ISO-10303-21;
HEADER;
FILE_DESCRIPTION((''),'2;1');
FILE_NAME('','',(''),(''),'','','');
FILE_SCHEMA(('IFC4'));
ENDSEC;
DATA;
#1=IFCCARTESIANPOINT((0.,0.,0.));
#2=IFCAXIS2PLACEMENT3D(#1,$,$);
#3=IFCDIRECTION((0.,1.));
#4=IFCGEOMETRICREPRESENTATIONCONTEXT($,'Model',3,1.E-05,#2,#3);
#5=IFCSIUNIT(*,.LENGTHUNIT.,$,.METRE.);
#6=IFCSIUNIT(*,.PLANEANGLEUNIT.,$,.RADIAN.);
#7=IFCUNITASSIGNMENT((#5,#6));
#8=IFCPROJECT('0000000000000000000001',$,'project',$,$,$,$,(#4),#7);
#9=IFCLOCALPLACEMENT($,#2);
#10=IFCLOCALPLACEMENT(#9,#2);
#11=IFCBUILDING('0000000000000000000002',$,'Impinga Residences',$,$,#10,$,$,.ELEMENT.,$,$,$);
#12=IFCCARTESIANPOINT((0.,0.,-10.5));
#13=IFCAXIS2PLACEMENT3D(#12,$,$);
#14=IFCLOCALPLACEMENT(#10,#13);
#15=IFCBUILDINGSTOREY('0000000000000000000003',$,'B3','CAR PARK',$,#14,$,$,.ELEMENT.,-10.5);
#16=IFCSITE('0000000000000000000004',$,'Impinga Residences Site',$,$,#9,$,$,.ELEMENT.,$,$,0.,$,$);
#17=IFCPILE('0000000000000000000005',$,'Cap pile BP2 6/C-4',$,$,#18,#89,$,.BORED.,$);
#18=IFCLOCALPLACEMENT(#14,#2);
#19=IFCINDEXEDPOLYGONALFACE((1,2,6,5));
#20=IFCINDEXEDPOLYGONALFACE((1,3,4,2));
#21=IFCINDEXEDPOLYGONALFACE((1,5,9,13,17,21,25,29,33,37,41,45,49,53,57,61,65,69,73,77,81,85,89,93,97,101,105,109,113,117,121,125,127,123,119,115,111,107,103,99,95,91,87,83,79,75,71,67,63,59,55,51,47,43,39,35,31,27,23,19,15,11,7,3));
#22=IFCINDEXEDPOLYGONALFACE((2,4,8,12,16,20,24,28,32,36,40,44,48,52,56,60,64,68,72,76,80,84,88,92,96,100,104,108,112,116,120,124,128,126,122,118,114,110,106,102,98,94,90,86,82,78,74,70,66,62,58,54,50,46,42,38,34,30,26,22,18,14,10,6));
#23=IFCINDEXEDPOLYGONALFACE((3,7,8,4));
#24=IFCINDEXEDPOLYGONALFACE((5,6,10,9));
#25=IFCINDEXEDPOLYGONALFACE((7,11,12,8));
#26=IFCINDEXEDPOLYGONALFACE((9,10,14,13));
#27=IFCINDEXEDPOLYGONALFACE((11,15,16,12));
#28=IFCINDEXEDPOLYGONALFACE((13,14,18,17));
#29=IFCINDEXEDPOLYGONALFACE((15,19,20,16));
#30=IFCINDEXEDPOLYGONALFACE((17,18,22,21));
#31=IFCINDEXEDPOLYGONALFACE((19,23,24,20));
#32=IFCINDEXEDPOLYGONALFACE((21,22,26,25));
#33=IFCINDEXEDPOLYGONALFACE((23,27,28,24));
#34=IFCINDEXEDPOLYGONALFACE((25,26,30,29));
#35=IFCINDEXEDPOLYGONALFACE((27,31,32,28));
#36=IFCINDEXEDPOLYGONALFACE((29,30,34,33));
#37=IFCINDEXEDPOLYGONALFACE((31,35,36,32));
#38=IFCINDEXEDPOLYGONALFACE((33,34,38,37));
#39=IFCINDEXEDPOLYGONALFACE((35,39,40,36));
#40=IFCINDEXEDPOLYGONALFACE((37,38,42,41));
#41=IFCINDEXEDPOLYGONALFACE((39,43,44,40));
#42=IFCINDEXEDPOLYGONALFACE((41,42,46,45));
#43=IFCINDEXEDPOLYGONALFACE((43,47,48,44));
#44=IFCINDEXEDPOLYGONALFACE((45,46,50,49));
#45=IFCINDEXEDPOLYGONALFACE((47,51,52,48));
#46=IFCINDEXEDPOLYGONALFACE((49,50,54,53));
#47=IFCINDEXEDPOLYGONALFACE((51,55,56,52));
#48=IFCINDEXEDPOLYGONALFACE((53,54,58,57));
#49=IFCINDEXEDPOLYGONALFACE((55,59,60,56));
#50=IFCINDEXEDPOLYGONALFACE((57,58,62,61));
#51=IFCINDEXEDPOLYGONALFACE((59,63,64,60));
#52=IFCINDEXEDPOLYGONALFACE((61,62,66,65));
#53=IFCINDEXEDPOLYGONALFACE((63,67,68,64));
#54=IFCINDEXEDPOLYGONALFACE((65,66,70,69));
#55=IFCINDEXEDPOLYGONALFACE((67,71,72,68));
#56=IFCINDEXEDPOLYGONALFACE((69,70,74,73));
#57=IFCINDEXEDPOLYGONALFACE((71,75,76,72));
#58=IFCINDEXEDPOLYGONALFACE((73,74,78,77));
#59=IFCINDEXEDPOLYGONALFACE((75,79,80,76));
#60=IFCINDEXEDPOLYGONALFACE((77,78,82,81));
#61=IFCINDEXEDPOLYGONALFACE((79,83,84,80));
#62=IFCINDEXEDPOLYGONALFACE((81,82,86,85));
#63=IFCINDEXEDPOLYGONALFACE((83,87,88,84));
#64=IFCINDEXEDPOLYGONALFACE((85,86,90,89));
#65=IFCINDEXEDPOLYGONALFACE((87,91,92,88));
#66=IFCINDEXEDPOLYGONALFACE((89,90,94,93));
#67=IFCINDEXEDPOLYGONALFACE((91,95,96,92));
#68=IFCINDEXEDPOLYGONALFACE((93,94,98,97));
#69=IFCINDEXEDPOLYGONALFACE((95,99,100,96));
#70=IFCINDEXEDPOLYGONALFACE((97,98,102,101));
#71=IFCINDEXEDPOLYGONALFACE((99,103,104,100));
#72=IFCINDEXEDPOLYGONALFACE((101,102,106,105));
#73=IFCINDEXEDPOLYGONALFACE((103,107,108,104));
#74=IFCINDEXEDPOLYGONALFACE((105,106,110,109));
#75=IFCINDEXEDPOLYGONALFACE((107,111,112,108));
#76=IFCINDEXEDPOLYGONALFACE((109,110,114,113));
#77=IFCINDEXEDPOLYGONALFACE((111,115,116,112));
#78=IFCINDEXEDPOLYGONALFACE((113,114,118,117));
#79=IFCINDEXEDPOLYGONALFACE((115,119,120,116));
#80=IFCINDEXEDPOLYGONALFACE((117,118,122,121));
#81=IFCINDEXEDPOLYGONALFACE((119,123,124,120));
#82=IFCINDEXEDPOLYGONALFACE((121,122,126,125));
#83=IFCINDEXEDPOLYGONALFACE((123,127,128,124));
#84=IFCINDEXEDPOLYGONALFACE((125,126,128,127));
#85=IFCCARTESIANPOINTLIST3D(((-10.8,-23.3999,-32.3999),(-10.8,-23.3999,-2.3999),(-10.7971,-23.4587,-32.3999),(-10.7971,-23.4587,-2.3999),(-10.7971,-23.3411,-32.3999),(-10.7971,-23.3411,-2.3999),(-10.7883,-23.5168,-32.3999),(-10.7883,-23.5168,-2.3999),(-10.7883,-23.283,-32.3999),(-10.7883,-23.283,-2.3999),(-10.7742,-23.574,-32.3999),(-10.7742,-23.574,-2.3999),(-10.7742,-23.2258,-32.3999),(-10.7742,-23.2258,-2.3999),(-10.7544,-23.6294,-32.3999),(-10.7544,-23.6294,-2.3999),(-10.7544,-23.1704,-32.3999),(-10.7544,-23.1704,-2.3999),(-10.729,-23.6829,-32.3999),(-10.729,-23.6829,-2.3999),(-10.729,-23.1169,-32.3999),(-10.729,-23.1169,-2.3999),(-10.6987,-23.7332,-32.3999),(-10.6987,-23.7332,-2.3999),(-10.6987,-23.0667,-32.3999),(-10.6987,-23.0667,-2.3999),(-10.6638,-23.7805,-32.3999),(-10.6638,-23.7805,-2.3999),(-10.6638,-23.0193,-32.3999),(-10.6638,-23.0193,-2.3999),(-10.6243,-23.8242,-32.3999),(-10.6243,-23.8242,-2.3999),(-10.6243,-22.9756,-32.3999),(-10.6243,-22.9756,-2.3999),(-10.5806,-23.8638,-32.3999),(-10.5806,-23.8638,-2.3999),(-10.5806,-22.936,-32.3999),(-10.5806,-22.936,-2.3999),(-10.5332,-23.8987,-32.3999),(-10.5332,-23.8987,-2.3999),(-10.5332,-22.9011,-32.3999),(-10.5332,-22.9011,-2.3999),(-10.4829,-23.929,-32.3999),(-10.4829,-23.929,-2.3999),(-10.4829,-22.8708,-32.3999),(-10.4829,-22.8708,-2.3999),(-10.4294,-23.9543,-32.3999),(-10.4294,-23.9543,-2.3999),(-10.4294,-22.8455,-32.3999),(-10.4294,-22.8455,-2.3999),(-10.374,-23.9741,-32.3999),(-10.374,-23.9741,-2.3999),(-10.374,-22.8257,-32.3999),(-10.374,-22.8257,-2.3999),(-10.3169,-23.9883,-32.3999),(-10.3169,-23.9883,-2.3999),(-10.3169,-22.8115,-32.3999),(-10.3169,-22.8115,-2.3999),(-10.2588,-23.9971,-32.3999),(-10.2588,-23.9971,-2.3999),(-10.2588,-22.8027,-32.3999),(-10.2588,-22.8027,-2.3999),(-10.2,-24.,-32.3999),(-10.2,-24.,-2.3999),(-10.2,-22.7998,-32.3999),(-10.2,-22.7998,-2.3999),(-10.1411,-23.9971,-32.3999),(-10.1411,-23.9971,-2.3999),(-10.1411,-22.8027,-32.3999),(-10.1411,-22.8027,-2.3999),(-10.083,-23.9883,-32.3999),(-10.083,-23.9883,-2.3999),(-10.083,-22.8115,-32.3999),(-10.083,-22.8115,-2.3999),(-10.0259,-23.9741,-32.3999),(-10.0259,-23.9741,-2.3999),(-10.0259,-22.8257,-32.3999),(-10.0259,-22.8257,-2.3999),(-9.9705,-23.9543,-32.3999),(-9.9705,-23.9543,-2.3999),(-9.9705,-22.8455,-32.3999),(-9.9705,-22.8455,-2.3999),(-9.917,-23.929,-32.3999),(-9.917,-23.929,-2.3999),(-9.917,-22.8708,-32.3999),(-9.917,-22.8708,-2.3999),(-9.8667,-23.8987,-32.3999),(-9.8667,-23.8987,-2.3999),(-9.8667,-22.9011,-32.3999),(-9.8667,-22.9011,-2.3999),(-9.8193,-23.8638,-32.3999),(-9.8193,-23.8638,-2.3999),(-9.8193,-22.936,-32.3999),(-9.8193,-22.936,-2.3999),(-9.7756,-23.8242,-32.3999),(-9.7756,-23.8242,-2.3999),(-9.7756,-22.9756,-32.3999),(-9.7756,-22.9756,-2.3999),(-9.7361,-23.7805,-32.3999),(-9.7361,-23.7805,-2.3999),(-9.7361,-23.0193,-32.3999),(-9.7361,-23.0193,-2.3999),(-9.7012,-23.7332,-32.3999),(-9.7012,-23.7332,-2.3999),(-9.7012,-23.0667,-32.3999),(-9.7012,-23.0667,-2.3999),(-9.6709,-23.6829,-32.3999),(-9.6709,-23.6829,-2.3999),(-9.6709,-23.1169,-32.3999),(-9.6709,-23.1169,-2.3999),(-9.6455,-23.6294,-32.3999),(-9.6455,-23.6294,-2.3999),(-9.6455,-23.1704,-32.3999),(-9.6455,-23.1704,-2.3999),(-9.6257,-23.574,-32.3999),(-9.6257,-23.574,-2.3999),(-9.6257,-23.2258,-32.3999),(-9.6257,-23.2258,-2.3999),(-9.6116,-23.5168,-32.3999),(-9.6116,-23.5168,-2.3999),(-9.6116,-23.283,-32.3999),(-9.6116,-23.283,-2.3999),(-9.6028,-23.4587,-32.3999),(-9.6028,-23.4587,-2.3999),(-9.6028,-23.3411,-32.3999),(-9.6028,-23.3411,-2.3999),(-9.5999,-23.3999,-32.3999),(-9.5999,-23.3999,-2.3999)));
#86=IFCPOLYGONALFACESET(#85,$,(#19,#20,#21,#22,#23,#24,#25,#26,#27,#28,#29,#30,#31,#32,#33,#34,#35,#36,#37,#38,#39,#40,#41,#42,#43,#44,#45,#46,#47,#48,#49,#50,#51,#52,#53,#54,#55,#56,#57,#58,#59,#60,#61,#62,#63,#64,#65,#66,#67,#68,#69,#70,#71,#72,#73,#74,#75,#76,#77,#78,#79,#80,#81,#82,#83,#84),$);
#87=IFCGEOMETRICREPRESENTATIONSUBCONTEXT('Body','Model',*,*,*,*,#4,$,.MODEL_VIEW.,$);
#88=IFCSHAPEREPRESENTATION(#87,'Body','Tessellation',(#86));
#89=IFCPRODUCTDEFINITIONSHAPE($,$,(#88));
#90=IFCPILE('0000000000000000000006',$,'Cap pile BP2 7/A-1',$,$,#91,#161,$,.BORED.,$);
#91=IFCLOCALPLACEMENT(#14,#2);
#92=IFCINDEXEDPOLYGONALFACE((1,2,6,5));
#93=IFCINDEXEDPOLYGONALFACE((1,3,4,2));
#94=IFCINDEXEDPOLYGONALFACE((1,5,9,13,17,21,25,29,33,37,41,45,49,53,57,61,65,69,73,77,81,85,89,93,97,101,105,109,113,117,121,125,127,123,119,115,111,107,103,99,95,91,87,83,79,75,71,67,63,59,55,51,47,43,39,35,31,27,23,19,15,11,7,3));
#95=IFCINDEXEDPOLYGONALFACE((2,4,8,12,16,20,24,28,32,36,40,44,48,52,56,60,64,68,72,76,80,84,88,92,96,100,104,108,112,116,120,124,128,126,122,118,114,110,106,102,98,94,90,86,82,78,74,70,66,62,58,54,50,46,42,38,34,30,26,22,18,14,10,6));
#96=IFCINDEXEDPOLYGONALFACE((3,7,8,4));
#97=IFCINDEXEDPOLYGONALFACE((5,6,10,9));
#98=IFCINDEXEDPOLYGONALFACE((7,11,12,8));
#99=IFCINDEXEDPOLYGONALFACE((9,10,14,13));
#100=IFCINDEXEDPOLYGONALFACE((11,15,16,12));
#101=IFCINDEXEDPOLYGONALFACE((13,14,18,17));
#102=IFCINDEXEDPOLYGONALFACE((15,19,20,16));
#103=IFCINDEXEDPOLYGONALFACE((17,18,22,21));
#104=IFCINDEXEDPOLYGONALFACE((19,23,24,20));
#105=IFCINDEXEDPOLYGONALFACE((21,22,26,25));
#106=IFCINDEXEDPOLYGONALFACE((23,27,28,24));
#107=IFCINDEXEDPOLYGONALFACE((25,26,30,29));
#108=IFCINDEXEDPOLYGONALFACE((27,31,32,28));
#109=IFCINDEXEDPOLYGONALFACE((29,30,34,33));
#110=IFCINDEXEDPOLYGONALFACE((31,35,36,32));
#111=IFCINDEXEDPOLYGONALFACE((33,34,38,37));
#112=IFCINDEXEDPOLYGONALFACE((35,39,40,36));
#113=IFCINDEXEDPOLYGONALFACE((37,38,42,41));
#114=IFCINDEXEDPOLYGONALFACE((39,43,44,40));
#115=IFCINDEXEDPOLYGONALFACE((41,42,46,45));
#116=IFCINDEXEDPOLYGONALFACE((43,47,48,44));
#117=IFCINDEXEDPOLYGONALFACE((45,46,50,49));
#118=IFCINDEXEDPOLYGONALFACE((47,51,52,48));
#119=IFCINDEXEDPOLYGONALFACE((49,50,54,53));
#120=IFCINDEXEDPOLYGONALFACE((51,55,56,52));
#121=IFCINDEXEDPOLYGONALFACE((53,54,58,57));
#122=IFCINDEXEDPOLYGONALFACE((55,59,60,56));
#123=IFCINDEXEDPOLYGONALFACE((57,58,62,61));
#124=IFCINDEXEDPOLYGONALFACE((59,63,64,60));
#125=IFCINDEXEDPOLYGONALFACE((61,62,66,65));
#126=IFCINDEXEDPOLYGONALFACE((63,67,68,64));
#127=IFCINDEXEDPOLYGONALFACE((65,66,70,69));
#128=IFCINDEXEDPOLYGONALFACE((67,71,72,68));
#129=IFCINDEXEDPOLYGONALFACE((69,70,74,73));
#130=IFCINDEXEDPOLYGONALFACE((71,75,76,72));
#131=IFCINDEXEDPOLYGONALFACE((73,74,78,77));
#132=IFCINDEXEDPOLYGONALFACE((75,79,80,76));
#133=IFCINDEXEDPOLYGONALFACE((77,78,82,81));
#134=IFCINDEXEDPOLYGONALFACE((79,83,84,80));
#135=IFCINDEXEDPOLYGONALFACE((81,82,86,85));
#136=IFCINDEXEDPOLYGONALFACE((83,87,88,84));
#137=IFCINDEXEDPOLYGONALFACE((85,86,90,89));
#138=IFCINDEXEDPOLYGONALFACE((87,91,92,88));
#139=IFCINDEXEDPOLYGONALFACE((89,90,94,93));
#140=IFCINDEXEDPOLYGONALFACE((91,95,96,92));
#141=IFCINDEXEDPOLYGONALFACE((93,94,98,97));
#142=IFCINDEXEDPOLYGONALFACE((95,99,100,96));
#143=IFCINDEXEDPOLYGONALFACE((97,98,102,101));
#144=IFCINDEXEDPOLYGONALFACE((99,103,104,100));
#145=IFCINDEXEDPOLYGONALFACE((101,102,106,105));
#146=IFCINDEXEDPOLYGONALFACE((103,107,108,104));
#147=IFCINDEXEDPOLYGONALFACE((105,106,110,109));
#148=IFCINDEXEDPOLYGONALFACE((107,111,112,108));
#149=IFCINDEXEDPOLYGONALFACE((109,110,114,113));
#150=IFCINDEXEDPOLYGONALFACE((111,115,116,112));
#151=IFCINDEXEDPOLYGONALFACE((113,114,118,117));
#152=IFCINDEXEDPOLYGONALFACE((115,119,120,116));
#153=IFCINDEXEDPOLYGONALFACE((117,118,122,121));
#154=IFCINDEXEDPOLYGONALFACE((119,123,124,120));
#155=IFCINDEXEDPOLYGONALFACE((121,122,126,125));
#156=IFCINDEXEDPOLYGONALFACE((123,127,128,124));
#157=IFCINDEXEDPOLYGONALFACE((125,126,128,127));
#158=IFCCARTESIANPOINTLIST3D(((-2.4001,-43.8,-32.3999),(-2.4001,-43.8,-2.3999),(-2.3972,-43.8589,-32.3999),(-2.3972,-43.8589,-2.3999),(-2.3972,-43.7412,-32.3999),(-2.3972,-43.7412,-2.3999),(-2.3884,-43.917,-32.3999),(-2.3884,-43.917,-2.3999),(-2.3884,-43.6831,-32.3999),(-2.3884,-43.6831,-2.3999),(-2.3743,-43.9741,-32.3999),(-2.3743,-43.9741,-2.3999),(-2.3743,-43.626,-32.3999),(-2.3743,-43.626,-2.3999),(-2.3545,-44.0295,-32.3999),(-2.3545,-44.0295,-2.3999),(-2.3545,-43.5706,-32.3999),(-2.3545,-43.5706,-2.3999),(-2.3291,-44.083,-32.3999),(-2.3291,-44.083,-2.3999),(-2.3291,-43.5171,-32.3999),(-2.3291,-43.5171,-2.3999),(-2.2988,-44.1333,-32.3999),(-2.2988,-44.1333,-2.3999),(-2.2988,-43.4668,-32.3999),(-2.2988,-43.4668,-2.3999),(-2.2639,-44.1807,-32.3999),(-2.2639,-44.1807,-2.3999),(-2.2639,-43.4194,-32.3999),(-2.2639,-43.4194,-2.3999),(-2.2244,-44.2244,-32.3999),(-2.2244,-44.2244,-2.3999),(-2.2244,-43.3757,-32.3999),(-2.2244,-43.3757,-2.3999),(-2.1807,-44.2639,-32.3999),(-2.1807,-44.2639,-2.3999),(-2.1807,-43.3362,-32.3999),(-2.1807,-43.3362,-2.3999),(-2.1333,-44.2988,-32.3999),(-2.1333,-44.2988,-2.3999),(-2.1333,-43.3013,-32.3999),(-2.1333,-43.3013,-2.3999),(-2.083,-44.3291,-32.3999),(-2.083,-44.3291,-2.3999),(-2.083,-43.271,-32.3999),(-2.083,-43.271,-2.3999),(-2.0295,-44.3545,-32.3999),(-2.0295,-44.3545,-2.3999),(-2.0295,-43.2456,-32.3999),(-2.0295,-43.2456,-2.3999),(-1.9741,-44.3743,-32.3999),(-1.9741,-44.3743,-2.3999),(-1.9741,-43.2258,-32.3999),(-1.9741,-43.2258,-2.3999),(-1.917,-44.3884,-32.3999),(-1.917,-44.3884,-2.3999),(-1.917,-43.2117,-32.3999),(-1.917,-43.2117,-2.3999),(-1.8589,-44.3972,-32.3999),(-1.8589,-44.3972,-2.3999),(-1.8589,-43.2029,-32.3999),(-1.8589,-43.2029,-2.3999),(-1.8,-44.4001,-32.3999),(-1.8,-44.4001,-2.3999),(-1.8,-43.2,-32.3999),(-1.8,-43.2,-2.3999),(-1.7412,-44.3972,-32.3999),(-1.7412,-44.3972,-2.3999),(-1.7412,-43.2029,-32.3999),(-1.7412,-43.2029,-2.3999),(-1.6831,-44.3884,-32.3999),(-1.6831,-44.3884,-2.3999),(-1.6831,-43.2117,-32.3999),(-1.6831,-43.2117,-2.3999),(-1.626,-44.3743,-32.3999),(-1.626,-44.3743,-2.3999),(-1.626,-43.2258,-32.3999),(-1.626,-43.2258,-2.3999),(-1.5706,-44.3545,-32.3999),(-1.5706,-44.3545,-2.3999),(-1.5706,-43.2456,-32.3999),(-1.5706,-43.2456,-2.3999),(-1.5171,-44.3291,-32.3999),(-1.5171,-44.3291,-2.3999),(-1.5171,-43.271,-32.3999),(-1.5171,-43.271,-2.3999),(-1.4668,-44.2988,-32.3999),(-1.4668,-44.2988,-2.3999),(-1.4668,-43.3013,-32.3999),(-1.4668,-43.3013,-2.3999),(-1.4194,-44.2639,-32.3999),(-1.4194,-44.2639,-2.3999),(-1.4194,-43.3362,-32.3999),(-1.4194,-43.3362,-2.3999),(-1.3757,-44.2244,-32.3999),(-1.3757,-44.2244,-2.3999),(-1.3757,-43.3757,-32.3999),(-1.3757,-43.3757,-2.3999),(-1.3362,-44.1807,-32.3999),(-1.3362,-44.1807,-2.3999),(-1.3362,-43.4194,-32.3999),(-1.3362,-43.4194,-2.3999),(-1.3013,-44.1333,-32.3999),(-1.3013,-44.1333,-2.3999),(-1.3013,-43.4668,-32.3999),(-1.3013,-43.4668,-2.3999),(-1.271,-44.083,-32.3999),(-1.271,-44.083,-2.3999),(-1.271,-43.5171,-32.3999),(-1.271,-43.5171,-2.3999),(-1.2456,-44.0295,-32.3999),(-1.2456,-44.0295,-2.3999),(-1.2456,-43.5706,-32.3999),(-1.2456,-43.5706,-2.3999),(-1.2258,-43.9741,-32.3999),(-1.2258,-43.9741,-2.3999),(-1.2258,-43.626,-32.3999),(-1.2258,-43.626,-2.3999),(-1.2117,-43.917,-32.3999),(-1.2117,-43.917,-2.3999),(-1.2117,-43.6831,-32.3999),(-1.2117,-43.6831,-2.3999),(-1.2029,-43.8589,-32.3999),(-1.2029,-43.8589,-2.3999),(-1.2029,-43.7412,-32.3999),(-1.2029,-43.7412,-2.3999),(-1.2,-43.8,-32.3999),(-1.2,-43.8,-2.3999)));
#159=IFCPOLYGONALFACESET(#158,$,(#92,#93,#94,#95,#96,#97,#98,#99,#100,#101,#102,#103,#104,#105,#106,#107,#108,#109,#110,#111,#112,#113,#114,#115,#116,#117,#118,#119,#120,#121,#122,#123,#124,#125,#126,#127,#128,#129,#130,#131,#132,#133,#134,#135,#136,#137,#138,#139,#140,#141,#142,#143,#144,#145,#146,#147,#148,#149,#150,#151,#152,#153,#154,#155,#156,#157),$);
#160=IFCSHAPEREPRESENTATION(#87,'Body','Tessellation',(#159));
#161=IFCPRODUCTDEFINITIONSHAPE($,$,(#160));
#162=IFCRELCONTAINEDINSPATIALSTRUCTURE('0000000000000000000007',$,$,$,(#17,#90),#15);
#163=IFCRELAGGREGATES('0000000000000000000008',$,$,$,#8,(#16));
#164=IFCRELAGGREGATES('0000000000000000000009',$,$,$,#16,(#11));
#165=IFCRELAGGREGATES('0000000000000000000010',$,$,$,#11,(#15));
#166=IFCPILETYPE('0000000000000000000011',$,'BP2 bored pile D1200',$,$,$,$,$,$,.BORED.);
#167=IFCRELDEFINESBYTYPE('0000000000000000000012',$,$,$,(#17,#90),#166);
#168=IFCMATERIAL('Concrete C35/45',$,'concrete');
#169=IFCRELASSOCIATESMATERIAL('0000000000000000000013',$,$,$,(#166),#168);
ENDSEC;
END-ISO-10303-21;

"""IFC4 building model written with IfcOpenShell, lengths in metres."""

from ifc_helpers import new_model, si_unit, direction, frame, origin, origin_2d, place, context, subcontext, project, spatial, polyline, circle, outline, extrude, material, material_profile, profile_set, type_object, element, save


model = new_model("IFC4")

# Units and contexts
model_context = context("Model", 3, precision=1e-05, world=origin(), true_north=direction((0.0, 1.0)))
body_context = subcontext(model_context, "Body", "Model", "MODEL_VIEW")
ifc_project = project(units=[si_unit("LENGTHUNIT", "METRE"), si_unit("PLANEANGLEUNIT", "RADIAN")], contexts=[model_context])

# Site, building, storey
site_placement = place(None, origin())
site = spatial("IfcSite", under=ifc_project, at=site_placement, Name="Impinga Residences Site", CompositionType="ELEMENT", RefElevation=0.0)
building_placement = place(site_placement, origin())
building = spatial("IfcBuilding", under=site, at=building_placement, Name="Impinga Residences", CompositionType="ELEMENT")
storey_placement = place(building_placement, frame((0.0, 0.0, -10.5)))
storey = spatial("IfcBuildingStorey", under=building, at=storey_placement, Name="B3", Description="CAR PARK", CompositionType="ELEMENT", Elevation=-10.5)

# Piles
ifc_material_1 = material(Name="Concrete C35/45", Category="concrete")
ifc_material_profile_1 = material_profile(ifc_material_1, circle(Radius=0.6001, at=origin_2d()), Name="D1200")
ifc_profile_set_1 = profile_set([ifc_material_profile_1], Name="Concrete C35/45")
pile_type_1 = type_object("IfcPileType", Name="BP2 bored pile D1200", PredefinedType="BORED", material=ifc_profile_set_1)
pile_1_placement = place(storey_placement, frame((-10.2, -23.3999, -2.3999), z_axis=(0.0, 0.0, -1.0), x_axis=(1.0, 0.0, 0.0)))
element("IfcPile", 1, at=pile_1_placement, inside=storey, type_object=pile_type_1, Name="Cap pile BP2 6/C-4", PredefinedType="BORED", context=body_context, shape_type="SweptSolid", body=[
    extrude(outline(polyline([(0.6001, 0.0), (0.5972, 0.0588), (0.5884, 0.1169), (0.5742, 0.1741), (0.5544, 0.2295), (0.5291, 0.283), (0.4988, 0.3333), (0.4639, 0.3806), (0.4243, 0.4243), (0.3806, 0.4639), (0.3333, 0.4988), (0.283, 0.5291), (0.2295, 0.5544), (0.1741, 0.5742), (0.1169, 0.5884), (0.0588, 0.5972), (0.0, 0.6001), (-0.0588, 0.5972), (-0.1169, 0.5884), (-0.1741, 0.5742), (-0.2295, 0.5544), (-0.283, 0.5291), (-0.3333, 0.4988), (-0.3806, 0.4639), (-0.4243, 0.4243), (-0.4639, 0.3806), (-0.4988, 0.3333), (-0.5291, 0.283), (-0.5544, 0.2295), (-0.5742, 0.1741), (-0.5884, 0.1169), (-0.5972, 0.0588), (-0.6001, 0.0), (-0.5972, -0.0588), (-0.5884, -0.1169), (-0.5742, -0.1741), (-0.5544, -0.2295), (-0.5291, -0.283), (-0.4988, -0.3333), (-0.4639, -0.3806), (-0.4243, -0.4243), (-0.3806, -0.4639), (-0.3333, -0.4988), (-0.283, -0.5291), (-0.2295, -0.5544), (-0.1741, -0.5742), (-0.1169, -0.5884), (-0.0588, -0.5972), (0.0, -0.6001), (0.0588, -0.5972), (0.1169, -0.5884), (0.1741, -0.5742), (0.2295, -0.5544), (0.283, -0.5291), (0.3333, -0.4988), (0.3806, -0.4639), (0.4243, -0.4243), (0.4639, -0.3806), (0.4988, -0.3333), (0.5291, -0.283), (0.5544, -0.2295), (0.5742, -0.1741), (0.5884, -0.1169), (0.5972, -0.0588), (0.6001, 0.0)])), origin(), (0.0, 0.0, 1.0), 30.0),
])
pile_2_placement = place(storey_placement, frame((-1.8, -43.8, -2.3999), z_axis=(0.0, 0.0, -1.0), x_axis=(1.0, 0.0, 0.0)))
element("IfcPile", 2, at=pile_2_placement, inside=storey, type_object=pile_type_1, Name="Cap pile BP2 7/A-1", PredefinedType="BORED", context=body_context, shape_type="SweptSolid", body=[
    extrude(outline(polyline([(0.6001, 0.0), (0.5972, 0.0588), (0.5884, 0.1169), (0.5742, 0.1741), (0.5544, 0.2295), (0.5291, 0.283), (0.4988, 0.3333), (0.4639, 0.3806), (0.4243, 0.4243), (0.3806, 0.4639), (0.3333, 0.4988), (0.283, 0.5291), (0.2295, 0.5544), (0.1741, 0.5742), (0.1169, 0.5884), (0.0588, 0.5972), (0.0, 0.6001), (-0.0588, 0.5972), (-0.1169, 0.5884), (-0.1741, 0.5742), (-0.2295, 0.5544), (-0.283, 0.5291), (-0.3333, 0.4988), (-0.3806, 0.4639), (-0.4243, 0.4243), (-0.4639, 0.3806), (-0.4988, 0.3333), (-0.5291, 0.283), (-0.5544, 0.2295), (-0.5742, 0.1741), (-0.5884, 0.1169), (-0.5972, 0.0588), (-0.6001, 0.0), (-0.5972, -0.0588), (-0.5884, -0.1169), (-0.5742, -0.1741), (-0.5544, -0.2295), (-0.5291, -0.283), (-0.4988, -0.3333), (-0.4639, -0.3806), (-0.4243, -0.4243), (-0.3806, -0.4639), (-0.3333, -0.4988), (-0.283, -0.5291), (-0.2295, -0.5544), (-0.1741, -0.5742), (-0.1169, -0.5884), (-0.0588, -0.5972), (0.0, -0.6001), (0.0588, -0.5972), (0.1169, -0.5884), (0.1741, -0.5742), (0.2295, -0.5544), (0.283, -0.5291), (0.3333, -0.4988), (0.3806, -0.4639), (0.4243, -0.4243), (0.4639, -0.3806), (0.4988, -0.3333), (0.5291, -0.283), (0.5544, -0.2295), (0.5742, -0.1741), (0.5884, -0.1169), (0.5972, -0.0588), (0.6001, 0.0)])), origin(), (0.0, 0.0, 1.0), 30.0),
])

save(model, "model.ifc")
